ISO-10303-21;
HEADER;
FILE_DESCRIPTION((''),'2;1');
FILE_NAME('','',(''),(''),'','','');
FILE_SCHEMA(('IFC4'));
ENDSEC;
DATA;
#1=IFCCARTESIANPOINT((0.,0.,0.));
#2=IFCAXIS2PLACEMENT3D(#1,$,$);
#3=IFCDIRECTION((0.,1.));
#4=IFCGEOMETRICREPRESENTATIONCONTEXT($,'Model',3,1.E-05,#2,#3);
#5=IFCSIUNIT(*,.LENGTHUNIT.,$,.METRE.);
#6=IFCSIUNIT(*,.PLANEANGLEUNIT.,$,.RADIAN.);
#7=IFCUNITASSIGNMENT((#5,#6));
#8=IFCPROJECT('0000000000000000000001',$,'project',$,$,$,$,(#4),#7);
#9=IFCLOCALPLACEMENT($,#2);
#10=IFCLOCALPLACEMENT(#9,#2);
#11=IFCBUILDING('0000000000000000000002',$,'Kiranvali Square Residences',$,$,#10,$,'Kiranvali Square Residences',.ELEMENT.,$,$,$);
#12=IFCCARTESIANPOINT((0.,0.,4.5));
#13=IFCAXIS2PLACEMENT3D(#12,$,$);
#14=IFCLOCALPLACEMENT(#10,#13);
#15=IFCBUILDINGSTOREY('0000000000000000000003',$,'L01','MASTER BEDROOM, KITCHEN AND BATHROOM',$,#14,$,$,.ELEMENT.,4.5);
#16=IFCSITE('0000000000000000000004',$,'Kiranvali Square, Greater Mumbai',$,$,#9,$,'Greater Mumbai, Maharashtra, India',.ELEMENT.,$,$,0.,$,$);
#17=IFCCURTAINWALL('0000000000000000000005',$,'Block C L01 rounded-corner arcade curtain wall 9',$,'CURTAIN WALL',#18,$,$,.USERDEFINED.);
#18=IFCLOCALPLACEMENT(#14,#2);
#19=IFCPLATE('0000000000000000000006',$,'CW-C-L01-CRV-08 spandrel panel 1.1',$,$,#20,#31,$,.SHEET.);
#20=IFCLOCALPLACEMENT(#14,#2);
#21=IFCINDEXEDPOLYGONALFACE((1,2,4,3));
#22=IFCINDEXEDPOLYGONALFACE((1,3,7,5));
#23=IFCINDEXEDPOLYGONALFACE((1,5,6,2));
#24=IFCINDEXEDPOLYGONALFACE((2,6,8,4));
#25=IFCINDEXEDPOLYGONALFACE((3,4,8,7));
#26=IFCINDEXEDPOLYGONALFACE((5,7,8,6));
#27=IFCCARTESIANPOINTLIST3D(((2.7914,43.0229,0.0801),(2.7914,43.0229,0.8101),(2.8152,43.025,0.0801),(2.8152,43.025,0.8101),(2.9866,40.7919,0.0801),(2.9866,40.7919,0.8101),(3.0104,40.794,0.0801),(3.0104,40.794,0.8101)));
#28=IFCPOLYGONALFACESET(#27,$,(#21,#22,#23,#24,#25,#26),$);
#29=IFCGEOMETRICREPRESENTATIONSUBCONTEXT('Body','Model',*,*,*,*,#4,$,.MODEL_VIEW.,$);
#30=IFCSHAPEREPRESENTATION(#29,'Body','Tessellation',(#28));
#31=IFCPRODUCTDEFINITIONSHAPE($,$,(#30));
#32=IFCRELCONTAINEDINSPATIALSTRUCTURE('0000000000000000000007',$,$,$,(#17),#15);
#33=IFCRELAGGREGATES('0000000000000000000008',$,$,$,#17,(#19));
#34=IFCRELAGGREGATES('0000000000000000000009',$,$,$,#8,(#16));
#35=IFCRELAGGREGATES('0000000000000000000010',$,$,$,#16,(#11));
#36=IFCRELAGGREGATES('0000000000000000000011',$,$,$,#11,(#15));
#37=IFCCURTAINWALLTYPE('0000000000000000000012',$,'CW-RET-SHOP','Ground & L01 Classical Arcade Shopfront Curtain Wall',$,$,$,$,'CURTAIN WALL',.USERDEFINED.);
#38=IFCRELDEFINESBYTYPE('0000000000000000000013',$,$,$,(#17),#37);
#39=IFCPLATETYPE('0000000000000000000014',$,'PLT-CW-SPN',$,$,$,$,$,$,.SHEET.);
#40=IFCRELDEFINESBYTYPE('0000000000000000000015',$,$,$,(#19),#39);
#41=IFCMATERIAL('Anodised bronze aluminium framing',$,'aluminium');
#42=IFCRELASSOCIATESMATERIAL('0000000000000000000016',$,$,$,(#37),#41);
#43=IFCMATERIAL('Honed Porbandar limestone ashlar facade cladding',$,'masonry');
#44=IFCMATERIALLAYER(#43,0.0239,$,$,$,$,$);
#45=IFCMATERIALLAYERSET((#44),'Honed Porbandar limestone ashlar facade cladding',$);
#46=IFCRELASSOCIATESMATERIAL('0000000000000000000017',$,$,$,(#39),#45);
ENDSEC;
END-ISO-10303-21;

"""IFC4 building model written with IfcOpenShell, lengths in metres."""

from ifc_helpers import new_model, si_unit, direction, frame, origin, origin_2d, place, context, subcontext, project, spatial, rectangle, extrude, material, layer, layer_set, type_object, element, aggregate, save


model = new_model("IFC4")

# Units and contexts
model_context = context("Model", 3, precision=1e-05, world=origin(), true_north=direction((0.0, 1.0)))
body_context = subcontext(model_context, "Body", "Model", "MODEL_VIEW")
ifc_project = project(units=[si_unit("LENGTHUNIT", "METRE"), si_unit("PLANEANGLEUNIT", "RADIAN")], contexts=[model_context])

# Site, building, storey
site_placement = place(None, origin())
site = spatial("IfcSite", under=ifc_project, at=site_placement, Name="Kiranvali Square, Greater Mumbai", LongName="Greater Mumbai, Maharashtra, India", CompositionType="ELEMENT", RefElevation=0.0)
building_placement = place(site_placement, origin())
building = spatial("IfcBuilding", under=site, at=building_placement, Name="Kiranvali Square Residences", LongName="Kiranvali Square Residences", CompositionType="ELEMENT")
storey_placement = place(building_placement, frame((0.0, 0.0, 4.5)))
storey = spatial("IfcBuildingStorey", under=building, at=storey_placement, Name="L01", Description="MASTER BEDROOM, KITCHEN AND BATHROOM", CompositionType="ELEMENT", Elevation=4.5)

# Curtain wall
ifc_material_1 = material(Name="Anodised bronze aluminium framing", Category="aluminium")
curtain_wall_type = type_object("IfcCurtainWallType", Name="CW-RET-SHOP", Description="Ground & L01 Classical Arcade Shopfront Curtain Wall", ElementType="CURTAIN WALL", PredefinedType="USERDEFINED", material=ifc_material_1)
curtain_wall_1_placement = place(storey_placement, origin())
curtain_wall_1 = element("IfcCurtainWall", 1, at=curtain_wall_1_placement, inside=storey, type_object=curtain_wall_type, Name="Block C L01 rounded-corner arcade curtain wall 9", ObjectType="CURTAIN WALL", PredefinedType="USERDEFINED")

# Plate
ifc_material_2 = material(Name="Honed Porbandar limestone ashlar facade cladding", Category="masonry")
ifc_layer_1 = layer(ifc_material_2, 0.0239)
ifc_layer_set_1 = layer_set([ifc_layer_1], Name="Honed Porbandar limestone ashlar facade cladding")
plate_type_1 = type_object("IfcPlateType", Name="PLT-CW-SPN", PredefinedType="SHEET", material=ifc_layer_set_1)
plate_1_placement = place(storey_placement, frame((2.9009, 41.9084, 0.0801), z_axis=(0.0, 0.0, 1.0), x_axis=(-0.087156, 0.996195, 0.0)))
plate_1 = element("IfcPlate", 2, at=plate_1_placement, type_object=plate_type_1, Name="CW-C-L01-CRV-08 spandrel panel 1.1", PredefinedType="SHEET", context=body_context, shape_type="SweptSolid", body=[
    extrude(rectangle(XDim=2.2395, YDim=0.0239, at=origin_2d()), origin(), (0.0, 0.0, 1.0), 0.73),
])
aggregate(curtain_wall_1, [plate_1])

save(model, "model.ifc")
